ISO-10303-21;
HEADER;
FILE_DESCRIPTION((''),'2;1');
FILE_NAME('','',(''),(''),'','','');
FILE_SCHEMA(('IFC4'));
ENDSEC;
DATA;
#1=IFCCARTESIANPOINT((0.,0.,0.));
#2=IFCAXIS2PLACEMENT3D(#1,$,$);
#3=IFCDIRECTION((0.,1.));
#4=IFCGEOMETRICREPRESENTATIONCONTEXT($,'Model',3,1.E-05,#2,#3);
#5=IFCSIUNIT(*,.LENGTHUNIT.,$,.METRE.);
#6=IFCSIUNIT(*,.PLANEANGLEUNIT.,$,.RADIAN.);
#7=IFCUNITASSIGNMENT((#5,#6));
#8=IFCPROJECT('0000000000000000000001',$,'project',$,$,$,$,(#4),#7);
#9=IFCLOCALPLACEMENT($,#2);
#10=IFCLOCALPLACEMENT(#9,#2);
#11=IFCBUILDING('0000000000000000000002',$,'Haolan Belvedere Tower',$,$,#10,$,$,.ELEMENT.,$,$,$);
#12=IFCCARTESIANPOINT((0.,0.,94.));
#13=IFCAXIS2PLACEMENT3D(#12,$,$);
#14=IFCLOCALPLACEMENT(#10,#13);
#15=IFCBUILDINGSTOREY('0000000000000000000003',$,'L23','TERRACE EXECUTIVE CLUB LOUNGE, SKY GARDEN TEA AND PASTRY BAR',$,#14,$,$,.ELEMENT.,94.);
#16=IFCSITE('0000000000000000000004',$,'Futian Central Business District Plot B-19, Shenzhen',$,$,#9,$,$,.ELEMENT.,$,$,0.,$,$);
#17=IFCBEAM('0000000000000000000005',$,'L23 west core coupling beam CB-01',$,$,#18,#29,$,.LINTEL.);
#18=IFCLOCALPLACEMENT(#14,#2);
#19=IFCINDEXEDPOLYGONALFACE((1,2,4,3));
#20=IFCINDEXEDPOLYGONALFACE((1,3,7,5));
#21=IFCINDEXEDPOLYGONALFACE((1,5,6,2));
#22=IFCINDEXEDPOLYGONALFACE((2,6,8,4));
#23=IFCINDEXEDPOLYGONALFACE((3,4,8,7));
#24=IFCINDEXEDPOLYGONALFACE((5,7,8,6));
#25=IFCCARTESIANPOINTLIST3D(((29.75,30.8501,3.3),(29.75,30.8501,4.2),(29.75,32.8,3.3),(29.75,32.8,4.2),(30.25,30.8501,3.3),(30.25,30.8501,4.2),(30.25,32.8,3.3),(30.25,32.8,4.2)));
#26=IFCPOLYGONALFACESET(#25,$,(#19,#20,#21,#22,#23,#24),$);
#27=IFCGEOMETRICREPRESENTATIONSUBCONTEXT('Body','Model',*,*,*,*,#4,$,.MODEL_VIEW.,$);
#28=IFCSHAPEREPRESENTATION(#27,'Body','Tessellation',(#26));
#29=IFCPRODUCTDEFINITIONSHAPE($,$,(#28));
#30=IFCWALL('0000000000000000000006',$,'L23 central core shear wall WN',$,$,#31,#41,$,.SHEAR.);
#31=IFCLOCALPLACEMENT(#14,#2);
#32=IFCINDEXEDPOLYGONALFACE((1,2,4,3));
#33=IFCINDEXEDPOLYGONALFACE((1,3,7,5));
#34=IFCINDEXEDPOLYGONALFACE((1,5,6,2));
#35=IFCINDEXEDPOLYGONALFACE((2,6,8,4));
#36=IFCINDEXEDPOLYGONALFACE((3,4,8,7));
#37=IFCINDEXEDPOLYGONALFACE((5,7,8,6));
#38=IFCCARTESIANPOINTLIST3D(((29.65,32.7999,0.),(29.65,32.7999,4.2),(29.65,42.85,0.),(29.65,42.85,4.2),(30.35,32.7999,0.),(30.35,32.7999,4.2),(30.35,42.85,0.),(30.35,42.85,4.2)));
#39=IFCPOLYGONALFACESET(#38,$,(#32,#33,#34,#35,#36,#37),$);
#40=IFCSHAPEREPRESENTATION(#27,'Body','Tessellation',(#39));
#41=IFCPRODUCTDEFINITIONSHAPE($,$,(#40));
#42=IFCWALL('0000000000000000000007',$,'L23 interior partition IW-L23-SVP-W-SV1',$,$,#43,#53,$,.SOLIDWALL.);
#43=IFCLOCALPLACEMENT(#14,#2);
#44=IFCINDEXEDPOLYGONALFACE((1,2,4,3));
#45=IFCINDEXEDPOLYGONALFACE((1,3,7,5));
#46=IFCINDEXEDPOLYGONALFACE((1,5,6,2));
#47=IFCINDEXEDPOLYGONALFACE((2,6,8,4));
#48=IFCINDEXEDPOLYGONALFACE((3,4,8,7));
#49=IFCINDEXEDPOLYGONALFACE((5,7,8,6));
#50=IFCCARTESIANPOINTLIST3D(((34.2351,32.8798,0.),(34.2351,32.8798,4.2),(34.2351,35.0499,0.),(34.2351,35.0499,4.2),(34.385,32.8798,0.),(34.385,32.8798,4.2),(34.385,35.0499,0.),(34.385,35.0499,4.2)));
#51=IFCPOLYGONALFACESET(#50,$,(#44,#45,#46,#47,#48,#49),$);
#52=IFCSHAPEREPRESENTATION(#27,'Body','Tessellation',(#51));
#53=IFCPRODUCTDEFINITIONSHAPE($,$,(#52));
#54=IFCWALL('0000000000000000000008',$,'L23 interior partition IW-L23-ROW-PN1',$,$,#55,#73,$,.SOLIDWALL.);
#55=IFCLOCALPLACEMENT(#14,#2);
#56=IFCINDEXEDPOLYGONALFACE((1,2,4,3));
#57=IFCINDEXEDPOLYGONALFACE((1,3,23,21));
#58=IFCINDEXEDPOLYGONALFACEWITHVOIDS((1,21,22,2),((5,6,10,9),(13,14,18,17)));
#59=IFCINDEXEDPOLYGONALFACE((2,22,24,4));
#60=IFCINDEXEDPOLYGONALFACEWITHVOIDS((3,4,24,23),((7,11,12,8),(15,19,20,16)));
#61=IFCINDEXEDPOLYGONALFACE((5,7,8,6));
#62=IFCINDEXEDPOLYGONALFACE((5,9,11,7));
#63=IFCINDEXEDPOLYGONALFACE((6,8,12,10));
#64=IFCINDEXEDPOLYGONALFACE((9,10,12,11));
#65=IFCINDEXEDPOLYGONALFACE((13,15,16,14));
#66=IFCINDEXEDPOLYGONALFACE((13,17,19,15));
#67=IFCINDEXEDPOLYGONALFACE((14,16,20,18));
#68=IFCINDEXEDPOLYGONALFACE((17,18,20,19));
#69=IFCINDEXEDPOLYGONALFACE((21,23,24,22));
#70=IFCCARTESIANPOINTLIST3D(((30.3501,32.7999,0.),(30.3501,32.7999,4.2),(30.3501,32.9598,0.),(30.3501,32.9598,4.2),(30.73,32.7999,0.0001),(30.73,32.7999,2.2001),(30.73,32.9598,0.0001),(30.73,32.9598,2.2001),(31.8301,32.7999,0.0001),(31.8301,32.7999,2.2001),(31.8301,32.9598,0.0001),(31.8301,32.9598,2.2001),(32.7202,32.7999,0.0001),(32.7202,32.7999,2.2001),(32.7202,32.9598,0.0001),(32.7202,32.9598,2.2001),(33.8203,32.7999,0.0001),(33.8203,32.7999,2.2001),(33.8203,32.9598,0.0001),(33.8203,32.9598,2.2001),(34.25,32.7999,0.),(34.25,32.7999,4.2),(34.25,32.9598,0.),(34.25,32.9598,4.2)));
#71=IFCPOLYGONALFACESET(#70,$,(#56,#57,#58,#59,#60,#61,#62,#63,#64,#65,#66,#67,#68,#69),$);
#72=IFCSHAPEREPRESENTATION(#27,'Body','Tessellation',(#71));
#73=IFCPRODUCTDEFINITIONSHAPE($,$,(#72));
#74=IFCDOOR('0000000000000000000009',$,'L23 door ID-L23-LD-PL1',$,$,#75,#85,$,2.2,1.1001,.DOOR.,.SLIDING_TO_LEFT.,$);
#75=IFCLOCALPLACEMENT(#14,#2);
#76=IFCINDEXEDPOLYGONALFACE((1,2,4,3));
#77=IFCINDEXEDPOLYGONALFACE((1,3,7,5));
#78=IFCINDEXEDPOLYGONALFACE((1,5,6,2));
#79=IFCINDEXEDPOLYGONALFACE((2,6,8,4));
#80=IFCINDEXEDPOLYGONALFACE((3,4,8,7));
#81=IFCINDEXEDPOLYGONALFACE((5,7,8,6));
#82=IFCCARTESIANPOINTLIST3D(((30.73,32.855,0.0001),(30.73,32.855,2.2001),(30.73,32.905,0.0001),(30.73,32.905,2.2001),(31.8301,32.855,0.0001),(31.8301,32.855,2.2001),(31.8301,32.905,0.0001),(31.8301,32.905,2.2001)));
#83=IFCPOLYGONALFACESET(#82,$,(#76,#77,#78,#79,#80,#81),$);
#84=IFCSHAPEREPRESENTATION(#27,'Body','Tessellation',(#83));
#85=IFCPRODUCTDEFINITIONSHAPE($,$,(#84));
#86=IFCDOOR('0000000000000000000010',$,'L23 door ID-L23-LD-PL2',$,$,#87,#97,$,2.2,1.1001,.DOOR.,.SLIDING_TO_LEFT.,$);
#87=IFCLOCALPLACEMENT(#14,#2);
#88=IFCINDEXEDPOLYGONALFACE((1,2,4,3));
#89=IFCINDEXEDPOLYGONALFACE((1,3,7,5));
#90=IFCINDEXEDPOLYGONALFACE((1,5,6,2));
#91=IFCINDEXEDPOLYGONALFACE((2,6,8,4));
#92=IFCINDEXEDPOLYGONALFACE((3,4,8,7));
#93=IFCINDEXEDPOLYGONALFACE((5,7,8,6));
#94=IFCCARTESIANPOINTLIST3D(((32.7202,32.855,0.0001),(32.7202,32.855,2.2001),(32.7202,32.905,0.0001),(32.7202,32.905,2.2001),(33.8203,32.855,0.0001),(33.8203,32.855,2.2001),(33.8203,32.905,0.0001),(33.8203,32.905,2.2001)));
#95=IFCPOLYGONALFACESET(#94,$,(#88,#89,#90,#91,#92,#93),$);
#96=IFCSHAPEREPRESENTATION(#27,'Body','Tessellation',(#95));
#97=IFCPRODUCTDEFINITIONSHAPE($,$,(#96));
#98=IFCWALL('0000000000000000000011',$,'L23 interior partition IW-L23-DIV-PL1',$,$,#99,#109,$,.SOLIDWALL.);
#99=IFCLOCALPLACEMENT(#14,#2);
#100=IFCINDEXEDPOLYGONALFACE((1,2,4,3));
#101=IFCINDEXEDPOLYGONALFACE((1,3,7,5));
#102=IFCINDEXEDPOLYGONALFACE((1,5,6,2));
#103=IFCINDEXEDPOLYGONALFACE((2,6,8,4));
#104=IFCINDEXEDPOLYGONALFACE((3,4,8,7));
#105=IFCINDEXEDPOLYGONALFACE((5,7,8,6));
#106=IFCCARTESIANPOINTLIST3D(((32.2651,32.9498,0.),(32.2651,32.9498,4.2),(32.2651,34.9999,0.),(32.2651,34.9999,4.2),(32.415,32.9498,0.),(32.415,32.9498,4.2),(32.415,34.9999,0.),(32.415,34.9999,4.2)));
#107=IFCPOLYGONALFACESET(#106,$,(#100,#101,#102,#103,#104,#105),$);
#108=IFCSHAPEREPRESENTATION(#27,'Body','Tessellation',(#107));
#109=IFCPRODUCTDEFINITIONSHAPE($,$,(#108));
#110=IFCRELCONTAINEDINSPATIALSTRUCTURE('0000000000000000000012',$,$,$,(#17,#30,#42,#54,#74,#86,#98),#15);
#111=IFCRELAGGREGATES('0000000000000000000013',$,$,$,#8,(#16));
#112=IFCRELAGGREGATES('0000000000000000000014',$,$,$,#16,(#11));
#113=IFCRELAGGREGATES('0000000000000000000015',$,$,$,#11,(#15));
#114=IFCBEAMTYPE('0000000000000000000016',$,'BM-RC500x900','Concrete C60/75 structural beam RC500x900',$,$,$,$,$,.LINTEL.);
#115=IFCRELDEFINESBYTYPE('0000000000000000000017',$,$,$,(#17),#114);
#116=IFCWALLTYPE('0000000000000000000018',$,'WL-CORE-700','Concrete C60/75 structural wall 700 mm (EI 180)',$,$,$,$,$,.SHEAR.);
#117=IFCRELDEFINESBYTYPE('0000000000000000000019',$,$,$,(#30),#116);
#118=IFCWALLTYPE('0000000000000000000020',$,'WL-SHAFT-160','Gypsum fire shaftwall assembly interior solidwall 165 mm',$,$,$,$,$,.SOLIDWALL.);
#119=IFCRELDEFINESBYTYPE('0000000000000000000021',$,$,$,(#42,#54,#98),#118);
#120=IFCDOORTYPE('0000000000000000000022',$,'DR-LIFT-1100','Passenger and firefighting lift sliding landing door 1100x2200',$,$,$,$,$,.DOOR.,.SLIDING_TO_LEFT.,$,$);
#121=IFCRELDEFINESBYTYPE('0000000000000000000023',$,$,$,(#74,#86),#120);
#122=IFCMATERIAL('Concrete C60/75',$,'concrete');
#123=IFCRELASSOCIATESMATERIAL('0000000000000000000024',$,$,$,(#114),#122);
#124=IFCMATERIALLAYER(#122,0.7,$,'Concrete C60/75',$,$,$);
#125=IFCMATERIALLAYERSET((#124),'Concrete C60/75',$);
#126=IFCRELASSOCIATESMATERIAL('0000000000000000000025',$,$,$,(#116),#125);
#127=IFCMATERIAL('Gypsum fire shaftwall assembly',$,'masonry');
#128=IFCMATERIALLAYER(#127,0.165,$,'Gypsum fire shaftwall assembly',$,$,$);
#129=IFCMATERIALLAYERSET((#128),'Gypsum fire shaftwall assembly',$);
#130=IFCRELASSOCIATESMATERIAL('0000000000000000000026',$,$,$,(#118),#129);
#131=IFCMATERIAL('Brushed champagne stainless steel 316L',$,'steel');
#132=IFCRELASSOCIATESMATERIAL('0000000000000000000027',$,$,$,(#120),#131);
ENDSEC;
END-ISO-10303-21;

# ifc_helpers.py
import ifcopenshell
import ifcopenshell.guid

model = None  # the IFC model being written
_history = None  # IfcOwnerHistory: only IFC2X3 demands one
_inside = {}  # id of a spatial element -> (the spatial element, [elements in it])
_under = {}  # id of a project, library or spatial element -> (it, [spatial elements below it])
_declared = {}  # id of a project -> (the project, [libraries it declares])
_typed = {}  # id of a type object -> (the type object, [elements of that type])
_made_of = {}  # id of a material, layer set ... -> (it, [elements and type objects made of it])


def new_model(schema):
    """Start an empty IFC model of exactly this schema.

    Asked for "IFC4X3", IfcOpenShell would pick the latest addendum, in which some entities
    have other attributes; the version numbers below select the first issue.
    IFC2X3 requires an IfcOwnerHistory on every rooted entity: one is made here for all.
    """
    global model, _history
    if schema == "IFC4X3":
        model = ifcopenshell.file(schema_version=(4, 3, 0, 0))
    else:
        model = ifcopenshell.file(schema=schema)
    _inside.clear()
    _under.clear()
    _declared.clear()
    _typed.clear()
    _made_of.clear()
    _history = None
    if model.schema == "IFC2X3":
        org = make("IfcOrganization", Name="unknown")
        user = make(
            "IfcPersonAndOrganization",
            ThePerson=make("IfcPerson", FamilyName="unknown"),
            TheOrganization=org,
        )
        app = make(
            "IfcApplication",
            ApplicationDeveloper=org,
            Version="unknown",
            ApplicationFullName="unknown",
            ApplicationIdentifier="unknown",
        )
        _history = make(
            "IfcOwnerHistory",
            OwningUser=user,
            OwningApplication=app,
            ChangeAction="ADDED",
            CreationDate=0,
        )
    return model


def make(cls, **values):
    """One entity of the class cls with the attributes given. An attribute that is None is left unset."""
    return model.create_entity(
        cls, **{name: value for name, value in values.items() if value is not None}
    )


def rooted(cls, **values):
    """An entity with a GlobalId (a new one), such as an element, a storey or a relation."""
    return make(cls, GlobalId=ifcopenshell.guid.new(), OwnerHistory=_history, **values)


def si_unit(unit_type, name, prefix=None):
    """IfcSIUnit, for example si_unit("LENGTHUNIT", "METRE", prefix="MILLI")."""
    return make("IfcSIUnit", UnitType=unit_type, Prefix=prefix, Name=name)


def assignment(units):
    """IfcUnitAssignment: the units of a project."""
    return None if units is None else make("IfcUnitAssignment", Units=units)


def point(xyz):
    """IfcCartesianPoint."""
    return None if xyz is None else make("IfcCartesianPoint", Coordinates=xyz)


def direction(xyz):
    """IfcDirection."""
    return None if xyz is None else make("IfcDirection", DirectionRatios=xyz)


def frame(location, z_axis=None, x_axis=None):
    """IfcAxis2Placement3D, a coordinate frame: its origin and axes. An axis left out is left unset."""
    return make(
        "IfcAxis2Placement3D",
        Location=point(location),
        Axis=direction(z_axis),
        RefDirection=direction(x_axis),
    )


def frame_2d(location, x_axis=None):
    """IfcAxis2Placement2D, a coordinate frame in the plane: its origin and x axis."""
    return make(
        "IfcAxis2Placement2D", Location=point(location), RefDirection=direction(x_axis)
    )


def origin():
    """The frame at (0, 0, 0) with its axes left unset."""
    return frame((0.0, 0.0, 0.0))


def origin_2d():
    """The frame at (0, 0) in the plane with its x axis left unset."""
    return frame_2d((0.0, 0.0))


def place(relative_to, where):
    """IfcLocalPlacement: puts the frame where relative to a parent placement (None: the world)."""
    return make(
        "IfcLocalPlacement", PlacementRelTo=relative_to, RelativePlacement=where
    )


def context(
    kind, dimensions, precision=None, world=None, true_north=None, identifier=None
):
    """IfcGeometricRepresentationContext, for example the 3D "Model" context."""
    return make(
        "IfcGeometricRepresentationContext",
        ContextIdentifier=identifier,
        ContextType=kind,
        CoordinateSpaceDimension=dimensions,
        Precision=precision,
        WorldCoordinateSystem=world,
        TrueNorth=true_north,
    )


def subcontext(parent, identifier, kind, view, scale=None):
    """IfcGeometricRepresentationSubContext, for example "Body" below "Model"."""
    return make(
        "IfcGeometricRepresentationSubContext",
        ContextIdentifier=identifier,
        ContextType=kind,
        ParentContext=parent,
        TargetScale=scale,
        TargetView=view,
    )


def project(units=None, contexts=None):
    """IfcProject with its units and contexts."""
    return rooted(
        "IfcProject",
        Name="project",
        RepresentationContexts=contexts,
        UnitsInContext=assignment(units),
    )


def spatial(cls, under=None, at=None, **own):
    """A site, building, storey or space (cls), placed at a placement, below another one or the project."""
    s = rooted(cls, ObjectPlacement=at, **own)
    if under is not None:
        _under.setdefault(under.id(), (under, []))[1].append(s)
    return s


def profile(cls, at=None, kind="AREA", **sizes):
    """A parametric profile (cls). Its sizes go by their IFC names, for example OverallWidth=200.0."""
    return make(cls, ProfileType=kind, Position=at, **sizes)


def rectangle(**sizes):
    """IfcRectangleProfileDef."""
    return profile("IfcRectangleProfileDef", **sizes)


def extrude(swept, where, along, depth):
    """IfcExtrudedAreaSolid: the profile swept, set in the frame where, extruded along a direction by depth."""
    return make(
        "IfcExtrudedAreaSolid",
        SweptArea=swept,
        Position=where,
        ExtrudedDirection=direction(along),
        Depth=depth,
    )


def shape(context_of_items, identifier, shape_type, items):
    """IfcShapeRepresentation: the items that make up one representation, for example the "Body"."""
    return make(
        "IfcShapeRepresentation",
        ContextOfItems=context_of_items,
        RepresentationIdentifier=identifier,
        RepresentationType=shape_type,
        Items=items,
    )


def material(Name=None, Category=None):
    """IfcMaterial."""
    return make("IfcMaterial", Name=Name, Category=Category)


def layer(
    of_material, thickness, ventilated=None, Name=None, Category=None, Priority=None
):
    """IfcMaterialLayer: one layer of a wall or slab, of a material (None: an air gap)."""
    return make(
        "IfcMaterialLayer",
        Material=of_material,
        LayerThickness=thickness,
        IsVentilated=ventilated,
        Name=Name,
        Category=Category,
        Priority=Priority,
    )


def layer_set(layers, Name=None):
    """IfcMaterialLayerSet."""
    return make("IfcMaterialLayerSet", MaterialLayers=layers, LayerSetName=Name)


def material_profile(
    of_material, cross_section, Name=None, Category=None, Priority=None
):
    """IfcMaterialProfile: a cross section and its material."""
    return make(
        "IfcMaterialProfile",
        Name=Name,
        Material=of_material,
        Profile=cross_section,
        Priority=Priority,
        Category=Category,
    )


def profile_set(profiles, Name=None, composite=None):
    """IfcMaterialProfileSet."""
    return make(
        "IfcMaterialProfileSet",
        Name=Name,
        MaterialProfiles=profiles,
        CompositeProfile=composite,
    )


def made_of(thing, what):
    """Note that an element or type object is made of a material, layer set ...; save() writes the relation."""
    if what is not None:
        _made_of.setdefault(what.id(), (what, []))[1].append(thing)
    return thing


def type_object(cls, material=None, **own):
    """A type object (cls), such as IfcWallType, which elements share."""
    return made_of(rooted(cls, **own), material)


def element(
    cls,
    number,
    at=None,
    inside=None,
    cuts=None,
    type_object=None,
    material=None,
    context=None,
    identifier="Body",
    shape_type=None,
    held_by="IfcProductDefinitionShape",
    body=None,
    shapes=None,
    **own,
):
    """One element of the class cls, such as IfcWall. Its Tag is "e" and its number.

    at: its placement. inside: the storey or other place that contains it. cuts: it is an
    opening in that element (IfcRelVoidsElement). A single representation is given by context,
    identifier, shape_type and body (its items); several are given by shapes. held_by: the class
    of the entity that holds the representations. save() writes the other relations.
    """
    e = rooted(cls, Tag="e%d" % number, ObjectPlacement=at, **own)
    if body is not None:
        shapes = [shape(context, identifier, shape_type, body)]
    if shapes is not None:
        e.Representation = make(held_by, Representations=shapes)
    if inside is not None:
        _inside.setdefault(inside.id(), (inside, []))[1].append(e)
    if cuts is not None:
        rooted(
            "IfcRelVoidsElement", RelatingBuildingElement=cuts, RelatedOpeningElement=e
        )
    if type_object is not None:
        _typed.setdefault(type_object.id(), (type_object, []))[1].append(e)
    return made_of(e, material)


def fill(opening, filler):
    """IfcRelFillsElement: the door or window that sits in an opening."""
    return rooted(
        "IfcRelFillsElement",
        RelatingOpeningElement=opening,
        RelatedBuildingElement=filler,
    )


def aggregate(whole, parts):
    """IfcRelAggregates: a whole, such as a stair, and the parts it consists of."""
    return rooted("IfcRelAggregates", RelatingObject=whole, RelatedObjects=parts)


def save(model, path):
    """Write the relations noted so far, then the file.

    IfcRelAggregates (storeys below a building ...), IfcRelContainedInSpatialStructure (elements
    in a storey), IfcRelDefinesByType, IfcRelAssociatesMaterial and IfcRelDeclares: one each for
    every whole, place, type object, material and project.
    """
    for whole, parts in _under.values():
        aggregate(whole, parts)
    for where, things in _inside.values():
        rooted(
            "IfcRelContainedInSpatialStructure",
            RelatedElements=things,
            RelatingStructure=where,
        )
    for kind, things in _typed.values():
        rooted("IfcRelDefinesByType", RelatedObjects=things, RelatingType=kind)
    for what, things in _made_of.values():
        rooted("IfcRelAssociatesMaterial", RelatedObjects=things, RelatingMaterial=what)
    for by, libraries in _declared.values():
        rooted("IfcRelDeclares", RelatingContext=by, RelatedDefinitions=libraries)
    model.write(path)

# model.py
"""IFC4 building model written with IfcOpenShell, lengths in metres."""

from ifc_helpers import new_model, si_unit, direction, frame, frame_2d, origin, origin_2d, place, context, subcontext, project, spatial, rectangle, extrude, material, layer, layer_set, material_profile, profile_set, type_object, element, fill, save


model = new_model("IFC4")

# Units and contexts
model_context = context("Model", 3, precision=1e-05, world=origin(), true_north=direction((0.0, 1.0)))
body_context = subcontext(model_context, "Body", "Model", "MODEL_VIEW")
ifc_project = project(units=[si_unit("LENGTHUNIT", "METRE"), si_unit("PLANEANGLEUNIT", "RADIAN")], contexts=[model_context])

# Site, building, storey
site_placement = place(None, origin())
site = spatial("IfcSite", under=ifc_project, at=site_placement, Name="Futian Central Business District Plot B-19, Shenzhen", CompositionType="ELEMENT", RefElevation=0.0)
building_placement = place(site_placement, origin())
building = spatial("IfcBuilding", under=site, at=building_placement, Name="Haolan Belvedere Tower", CompositionType="ELEMENT")
storey_placement = place(building_placement, frame((0.0, 0.0, 94.0)))
storey = spatial("IfcBuildingStorey", under=building, at=storey_placement, Name="L23", Description="TERRACE EXECUTIVE CLUB LOUNGE, SKY GARDEN TEA AND PASTRY BAR", CompositionType="ELEMENT", Elevation=94.0)

# Beam
ifc_material_1 = material(Name="Concrete C60/75", Category="concrete")
ifc_material_profile = material_profile(ifc_material_1, rectangle(XDim=0.5, YDim=0.8999, at=origin_2d()), Name="Concrete C60/75")
ifc_profile_set = profile_set([ifc_material_profile], Name="Concrete C60/75")
beam_type = type_object("IfcBeamType", Name="BM-RC500x900", Description="Concrete C60/75 structural beam RC500x900", PredefinedType="LINTEL", material=ifc_profile_set)
beam_placement = place(storey_placement, frame((30.0, 30.8501, 3.75), z_axis=(0.0, 1.0, 0.0), x_axis=(-1.0, 0.0, 0.0)))
element("IfcBeam", 1, at=beam_placement, inside=storey, type_object=beam_type, Name="L23 west core coupling beam CB-01", PredefinedType="LINTEL", context=body_context, shape_type="SweptSolid", body=[
    extrude(rectangle(XDim=0.5, YDim=0.8999, at=origin_2d()), origin(), (0.0, 0.0, 1.0), 1.95),
])

# Walls
ifc_layer_1 = layer(ifc_material_1, 0.7, Name="Concrete C60/75")
ifc_layer_set_1 = layer_set([ifc_layer_1], Name="Concrete C60/75")
wall_type_1 = type_object("IfcWallType", Name="WL-CORE-700", Description="Concrete C60/75 structural wall 700 mm (EI 180)", PredefinedType="SHEAR", material=ifc_layer_set_1)
wall_1_placement = place(storey_placement, frame((30.0, 32.8, 0.0), z_axis=(0.0, 0.0, 1.0), x_axis=(0.0, 1.0, 0.0)))
element("IfcWall", 2, at=wall_1_placement, inside=storey, type_object=wall_type_1, Name="L23 central core shear wall WN", PredefinedType="SHEAR", context=body_context, shape_type="SweptSolid", body=[
    extrude(rectangle(XDim=10.05, YDim=0.7, at=frame_2d((5.0249, 0.0))), origin(), (0.0, 0.0, 1.0), 4.2),
])
ifc_material_2 = material(Name="Gypsum fire shaftwall assembly", Category="masonry")
ifc_layer_2 = layer(ifc_material_2, 0.165, Name="Gypsum fire shaftwall assembly")
ifc_layer_set_2 = layer_set([ifc_layer_2], Name="Gypsum fire shaftwall assembly")
wall_type_2 = type_object("IfcWallType", Name="WL-SHAFT-160", Description="Gypsum fire shaftwall assembly interior solidwall 165 mm", PredefinedType="SOLIDWALL", material=ifc_layer_set_2)
wall_2_placement = place(storey_placement, frame((34.3101, 32.8799, 0.0), z_axis=(0.0, 0.0, 1.0), x_axis=(0.0, 1.0, 0.0)))
element("IfcWall", 3, at=wall_2_placement, inside=storey, type_object=wall_type_2, Name="L23 interior partition IW-L23-SVP-W-SV1", PredefinedType="SOLIDWALL", context=body_context, shape_type="SweptSolid", body=[
    extrude(rectangle(XDim=2.1702, YDim=0.1499, at=frame_2d((1.085, 0.0))), origin(), (0.0, 0.0, 1.0), 4.2),
])

# Wall, openings, doors
wall_3_placement = place(storey_placement, frame((30.3501, 32.8799, 0.0), z_axis=(0.0, 0.0, 1.0), x_axis=(1.0, 0.0, 0.0)))
wall_3 = element("IfcWall", 4, at=wall_3_placement, inside=storey, type_object=wall_type_2, Name="L23 interior partition IW-L23-ROW-PN1", PredefinedType="SOLIDWALL", context=body_context, shape_type="SweptSolid", body=[
    extrude(rectangle(XDim=3.8999, YDim=0.1599, at=frame_2d((1.95, 0.0))), origin(), (0.0, 0.0, 1.0), 4.2),
])
opening_1_placement = place(wall_3_placement, frame((1.48, 0.0, 0.0), z_axis=(0.0, 0.0, 1.0), x_axis=(-1.0, 0.0, 0.0)))
opening_1 = element("IfcOpeningElement", 5, at=opening_1_placement, cuts=wall_3, PredefinedType="OPENING", context=body_context, shape_type="SweptSolid", body=[
    extrude(rectangle(XDim=1.1001, YDim=2.2, at=frame_2d((0.55, 1.1001))), frame((0.0, 0.0898, 0.0), z_axis=(0.0, -1.0, 0.0), x_axis=(1.0, 0.0, 0.0)), (0.0, 0.0, 1.0), 0.1799),
])
opening_2_placement = place(wall_3_placement, frame((3.4702, 0.0, 0.0), z_axis=(0.0, 0.0, 1.0), x_axis=(-1.0, 0.0, 0.0)))
opening_2 = element("IfcOpeningElement", 6, at=opening_2_placement, cuts=wall_3, PredefinedType="OPENING", context=body_context, shape_type="SweptSolid", body=[
    extrude(rectangle(XDim=1.1001, YDim=2.2, at=frame_2d((0.55, 1.1001))), frame((0.0, 0.0898, 0.0), z_axis=(0.0, -1.0, 0.0), x_axis=(1.0, 0.0, 0.0)), (0.0, 0.0, 1.0), 0.1799),
])
ifc_material_3 = material(Name="Brushed champagne stainless steel 316L", Category="steel")
door_type_1 = type_object("IfcDoorType", Name="DR-LIFT-1100", Description="Passenger and firefighting lift sliding landing door 1100x2200", OperationType="SLIDING_TO_LEFT", PredefinedType="DOOR", material=ifc_material_3)
door_1_placement = place(opening_1_placement, origin())
door_1 = element("IfcDoor", 7, at=door_1_placement, inside=storey, type_object=door_type_1, Name="L23 door ID-L23-LD-PL1", OperationType="SLIDING_TO_LEFT", OverallHeight=2.2, OverallWidth=1.1001, PredefinedType="DOOR", context=body_context, shape_type="SweptSolid", body=[
    extrude(rectangle(XDim=1.1001, YDim=2.2, at=frame_2d((0.55, 1.1001))), frame((0.0, 0.0249, 0.0), z_axis=(0.0, -1.0, 0.0), x_axis=(1.0, 0.0, 0.0)), (0.0, 0.0, 1.0), 0.05),
])
fill(opening_1, door_1)
door_2_placement = place(opening_2_placement, origin())
door_2 = element("IfcDoor", 8, at=door_2_placement, inside=storey, type_object=door_type_1, Name="L23 door ID-L23-LD-PL2", OperationType="SLIDING_TO_LEFT", OverallHeight=2.2, OverallWidth=1.1001, PredefinedType="DOOR", context=body_context, shape_type="SweptSolid", body=[
    extrude(rectangle(XDim=1.1001, YDim=2.2, at=frame_2d((0.55, 1.1001))), frame((0.0, 0.0249, 0.0), z_axis=(0.0, -1.0, 0.0), x_axis=(1.0, 0.0, 0.0)), (0.0, 0.0, 1.0), 0.05),
])
fill(opening_2, door_2)

# Wall
wall_4_placement = place(storey_placement, frame((32.3401, 32.95, 0.0), z_axis=(0.0, 0.0, 1.0), x_axis=(0.0, 1.0, 0.0)))
element("IfcWall", 9, at=wall_4_placement, inside=storey, type_object=wall_type_2, Name="L23 interior partition IW-L23-DIV-PL1", PredefinedType="SOLIDWALL", context=body_context, shape_type="SweptSolid", body=[
    extrude(rectangle(XDim=2.05, YDim=0.1499, at=frame_2d((1.0249, 0.0))), origin(), (0.0, 0.0, 1.0), 4.2),
])

save(model, "model.ifc")
